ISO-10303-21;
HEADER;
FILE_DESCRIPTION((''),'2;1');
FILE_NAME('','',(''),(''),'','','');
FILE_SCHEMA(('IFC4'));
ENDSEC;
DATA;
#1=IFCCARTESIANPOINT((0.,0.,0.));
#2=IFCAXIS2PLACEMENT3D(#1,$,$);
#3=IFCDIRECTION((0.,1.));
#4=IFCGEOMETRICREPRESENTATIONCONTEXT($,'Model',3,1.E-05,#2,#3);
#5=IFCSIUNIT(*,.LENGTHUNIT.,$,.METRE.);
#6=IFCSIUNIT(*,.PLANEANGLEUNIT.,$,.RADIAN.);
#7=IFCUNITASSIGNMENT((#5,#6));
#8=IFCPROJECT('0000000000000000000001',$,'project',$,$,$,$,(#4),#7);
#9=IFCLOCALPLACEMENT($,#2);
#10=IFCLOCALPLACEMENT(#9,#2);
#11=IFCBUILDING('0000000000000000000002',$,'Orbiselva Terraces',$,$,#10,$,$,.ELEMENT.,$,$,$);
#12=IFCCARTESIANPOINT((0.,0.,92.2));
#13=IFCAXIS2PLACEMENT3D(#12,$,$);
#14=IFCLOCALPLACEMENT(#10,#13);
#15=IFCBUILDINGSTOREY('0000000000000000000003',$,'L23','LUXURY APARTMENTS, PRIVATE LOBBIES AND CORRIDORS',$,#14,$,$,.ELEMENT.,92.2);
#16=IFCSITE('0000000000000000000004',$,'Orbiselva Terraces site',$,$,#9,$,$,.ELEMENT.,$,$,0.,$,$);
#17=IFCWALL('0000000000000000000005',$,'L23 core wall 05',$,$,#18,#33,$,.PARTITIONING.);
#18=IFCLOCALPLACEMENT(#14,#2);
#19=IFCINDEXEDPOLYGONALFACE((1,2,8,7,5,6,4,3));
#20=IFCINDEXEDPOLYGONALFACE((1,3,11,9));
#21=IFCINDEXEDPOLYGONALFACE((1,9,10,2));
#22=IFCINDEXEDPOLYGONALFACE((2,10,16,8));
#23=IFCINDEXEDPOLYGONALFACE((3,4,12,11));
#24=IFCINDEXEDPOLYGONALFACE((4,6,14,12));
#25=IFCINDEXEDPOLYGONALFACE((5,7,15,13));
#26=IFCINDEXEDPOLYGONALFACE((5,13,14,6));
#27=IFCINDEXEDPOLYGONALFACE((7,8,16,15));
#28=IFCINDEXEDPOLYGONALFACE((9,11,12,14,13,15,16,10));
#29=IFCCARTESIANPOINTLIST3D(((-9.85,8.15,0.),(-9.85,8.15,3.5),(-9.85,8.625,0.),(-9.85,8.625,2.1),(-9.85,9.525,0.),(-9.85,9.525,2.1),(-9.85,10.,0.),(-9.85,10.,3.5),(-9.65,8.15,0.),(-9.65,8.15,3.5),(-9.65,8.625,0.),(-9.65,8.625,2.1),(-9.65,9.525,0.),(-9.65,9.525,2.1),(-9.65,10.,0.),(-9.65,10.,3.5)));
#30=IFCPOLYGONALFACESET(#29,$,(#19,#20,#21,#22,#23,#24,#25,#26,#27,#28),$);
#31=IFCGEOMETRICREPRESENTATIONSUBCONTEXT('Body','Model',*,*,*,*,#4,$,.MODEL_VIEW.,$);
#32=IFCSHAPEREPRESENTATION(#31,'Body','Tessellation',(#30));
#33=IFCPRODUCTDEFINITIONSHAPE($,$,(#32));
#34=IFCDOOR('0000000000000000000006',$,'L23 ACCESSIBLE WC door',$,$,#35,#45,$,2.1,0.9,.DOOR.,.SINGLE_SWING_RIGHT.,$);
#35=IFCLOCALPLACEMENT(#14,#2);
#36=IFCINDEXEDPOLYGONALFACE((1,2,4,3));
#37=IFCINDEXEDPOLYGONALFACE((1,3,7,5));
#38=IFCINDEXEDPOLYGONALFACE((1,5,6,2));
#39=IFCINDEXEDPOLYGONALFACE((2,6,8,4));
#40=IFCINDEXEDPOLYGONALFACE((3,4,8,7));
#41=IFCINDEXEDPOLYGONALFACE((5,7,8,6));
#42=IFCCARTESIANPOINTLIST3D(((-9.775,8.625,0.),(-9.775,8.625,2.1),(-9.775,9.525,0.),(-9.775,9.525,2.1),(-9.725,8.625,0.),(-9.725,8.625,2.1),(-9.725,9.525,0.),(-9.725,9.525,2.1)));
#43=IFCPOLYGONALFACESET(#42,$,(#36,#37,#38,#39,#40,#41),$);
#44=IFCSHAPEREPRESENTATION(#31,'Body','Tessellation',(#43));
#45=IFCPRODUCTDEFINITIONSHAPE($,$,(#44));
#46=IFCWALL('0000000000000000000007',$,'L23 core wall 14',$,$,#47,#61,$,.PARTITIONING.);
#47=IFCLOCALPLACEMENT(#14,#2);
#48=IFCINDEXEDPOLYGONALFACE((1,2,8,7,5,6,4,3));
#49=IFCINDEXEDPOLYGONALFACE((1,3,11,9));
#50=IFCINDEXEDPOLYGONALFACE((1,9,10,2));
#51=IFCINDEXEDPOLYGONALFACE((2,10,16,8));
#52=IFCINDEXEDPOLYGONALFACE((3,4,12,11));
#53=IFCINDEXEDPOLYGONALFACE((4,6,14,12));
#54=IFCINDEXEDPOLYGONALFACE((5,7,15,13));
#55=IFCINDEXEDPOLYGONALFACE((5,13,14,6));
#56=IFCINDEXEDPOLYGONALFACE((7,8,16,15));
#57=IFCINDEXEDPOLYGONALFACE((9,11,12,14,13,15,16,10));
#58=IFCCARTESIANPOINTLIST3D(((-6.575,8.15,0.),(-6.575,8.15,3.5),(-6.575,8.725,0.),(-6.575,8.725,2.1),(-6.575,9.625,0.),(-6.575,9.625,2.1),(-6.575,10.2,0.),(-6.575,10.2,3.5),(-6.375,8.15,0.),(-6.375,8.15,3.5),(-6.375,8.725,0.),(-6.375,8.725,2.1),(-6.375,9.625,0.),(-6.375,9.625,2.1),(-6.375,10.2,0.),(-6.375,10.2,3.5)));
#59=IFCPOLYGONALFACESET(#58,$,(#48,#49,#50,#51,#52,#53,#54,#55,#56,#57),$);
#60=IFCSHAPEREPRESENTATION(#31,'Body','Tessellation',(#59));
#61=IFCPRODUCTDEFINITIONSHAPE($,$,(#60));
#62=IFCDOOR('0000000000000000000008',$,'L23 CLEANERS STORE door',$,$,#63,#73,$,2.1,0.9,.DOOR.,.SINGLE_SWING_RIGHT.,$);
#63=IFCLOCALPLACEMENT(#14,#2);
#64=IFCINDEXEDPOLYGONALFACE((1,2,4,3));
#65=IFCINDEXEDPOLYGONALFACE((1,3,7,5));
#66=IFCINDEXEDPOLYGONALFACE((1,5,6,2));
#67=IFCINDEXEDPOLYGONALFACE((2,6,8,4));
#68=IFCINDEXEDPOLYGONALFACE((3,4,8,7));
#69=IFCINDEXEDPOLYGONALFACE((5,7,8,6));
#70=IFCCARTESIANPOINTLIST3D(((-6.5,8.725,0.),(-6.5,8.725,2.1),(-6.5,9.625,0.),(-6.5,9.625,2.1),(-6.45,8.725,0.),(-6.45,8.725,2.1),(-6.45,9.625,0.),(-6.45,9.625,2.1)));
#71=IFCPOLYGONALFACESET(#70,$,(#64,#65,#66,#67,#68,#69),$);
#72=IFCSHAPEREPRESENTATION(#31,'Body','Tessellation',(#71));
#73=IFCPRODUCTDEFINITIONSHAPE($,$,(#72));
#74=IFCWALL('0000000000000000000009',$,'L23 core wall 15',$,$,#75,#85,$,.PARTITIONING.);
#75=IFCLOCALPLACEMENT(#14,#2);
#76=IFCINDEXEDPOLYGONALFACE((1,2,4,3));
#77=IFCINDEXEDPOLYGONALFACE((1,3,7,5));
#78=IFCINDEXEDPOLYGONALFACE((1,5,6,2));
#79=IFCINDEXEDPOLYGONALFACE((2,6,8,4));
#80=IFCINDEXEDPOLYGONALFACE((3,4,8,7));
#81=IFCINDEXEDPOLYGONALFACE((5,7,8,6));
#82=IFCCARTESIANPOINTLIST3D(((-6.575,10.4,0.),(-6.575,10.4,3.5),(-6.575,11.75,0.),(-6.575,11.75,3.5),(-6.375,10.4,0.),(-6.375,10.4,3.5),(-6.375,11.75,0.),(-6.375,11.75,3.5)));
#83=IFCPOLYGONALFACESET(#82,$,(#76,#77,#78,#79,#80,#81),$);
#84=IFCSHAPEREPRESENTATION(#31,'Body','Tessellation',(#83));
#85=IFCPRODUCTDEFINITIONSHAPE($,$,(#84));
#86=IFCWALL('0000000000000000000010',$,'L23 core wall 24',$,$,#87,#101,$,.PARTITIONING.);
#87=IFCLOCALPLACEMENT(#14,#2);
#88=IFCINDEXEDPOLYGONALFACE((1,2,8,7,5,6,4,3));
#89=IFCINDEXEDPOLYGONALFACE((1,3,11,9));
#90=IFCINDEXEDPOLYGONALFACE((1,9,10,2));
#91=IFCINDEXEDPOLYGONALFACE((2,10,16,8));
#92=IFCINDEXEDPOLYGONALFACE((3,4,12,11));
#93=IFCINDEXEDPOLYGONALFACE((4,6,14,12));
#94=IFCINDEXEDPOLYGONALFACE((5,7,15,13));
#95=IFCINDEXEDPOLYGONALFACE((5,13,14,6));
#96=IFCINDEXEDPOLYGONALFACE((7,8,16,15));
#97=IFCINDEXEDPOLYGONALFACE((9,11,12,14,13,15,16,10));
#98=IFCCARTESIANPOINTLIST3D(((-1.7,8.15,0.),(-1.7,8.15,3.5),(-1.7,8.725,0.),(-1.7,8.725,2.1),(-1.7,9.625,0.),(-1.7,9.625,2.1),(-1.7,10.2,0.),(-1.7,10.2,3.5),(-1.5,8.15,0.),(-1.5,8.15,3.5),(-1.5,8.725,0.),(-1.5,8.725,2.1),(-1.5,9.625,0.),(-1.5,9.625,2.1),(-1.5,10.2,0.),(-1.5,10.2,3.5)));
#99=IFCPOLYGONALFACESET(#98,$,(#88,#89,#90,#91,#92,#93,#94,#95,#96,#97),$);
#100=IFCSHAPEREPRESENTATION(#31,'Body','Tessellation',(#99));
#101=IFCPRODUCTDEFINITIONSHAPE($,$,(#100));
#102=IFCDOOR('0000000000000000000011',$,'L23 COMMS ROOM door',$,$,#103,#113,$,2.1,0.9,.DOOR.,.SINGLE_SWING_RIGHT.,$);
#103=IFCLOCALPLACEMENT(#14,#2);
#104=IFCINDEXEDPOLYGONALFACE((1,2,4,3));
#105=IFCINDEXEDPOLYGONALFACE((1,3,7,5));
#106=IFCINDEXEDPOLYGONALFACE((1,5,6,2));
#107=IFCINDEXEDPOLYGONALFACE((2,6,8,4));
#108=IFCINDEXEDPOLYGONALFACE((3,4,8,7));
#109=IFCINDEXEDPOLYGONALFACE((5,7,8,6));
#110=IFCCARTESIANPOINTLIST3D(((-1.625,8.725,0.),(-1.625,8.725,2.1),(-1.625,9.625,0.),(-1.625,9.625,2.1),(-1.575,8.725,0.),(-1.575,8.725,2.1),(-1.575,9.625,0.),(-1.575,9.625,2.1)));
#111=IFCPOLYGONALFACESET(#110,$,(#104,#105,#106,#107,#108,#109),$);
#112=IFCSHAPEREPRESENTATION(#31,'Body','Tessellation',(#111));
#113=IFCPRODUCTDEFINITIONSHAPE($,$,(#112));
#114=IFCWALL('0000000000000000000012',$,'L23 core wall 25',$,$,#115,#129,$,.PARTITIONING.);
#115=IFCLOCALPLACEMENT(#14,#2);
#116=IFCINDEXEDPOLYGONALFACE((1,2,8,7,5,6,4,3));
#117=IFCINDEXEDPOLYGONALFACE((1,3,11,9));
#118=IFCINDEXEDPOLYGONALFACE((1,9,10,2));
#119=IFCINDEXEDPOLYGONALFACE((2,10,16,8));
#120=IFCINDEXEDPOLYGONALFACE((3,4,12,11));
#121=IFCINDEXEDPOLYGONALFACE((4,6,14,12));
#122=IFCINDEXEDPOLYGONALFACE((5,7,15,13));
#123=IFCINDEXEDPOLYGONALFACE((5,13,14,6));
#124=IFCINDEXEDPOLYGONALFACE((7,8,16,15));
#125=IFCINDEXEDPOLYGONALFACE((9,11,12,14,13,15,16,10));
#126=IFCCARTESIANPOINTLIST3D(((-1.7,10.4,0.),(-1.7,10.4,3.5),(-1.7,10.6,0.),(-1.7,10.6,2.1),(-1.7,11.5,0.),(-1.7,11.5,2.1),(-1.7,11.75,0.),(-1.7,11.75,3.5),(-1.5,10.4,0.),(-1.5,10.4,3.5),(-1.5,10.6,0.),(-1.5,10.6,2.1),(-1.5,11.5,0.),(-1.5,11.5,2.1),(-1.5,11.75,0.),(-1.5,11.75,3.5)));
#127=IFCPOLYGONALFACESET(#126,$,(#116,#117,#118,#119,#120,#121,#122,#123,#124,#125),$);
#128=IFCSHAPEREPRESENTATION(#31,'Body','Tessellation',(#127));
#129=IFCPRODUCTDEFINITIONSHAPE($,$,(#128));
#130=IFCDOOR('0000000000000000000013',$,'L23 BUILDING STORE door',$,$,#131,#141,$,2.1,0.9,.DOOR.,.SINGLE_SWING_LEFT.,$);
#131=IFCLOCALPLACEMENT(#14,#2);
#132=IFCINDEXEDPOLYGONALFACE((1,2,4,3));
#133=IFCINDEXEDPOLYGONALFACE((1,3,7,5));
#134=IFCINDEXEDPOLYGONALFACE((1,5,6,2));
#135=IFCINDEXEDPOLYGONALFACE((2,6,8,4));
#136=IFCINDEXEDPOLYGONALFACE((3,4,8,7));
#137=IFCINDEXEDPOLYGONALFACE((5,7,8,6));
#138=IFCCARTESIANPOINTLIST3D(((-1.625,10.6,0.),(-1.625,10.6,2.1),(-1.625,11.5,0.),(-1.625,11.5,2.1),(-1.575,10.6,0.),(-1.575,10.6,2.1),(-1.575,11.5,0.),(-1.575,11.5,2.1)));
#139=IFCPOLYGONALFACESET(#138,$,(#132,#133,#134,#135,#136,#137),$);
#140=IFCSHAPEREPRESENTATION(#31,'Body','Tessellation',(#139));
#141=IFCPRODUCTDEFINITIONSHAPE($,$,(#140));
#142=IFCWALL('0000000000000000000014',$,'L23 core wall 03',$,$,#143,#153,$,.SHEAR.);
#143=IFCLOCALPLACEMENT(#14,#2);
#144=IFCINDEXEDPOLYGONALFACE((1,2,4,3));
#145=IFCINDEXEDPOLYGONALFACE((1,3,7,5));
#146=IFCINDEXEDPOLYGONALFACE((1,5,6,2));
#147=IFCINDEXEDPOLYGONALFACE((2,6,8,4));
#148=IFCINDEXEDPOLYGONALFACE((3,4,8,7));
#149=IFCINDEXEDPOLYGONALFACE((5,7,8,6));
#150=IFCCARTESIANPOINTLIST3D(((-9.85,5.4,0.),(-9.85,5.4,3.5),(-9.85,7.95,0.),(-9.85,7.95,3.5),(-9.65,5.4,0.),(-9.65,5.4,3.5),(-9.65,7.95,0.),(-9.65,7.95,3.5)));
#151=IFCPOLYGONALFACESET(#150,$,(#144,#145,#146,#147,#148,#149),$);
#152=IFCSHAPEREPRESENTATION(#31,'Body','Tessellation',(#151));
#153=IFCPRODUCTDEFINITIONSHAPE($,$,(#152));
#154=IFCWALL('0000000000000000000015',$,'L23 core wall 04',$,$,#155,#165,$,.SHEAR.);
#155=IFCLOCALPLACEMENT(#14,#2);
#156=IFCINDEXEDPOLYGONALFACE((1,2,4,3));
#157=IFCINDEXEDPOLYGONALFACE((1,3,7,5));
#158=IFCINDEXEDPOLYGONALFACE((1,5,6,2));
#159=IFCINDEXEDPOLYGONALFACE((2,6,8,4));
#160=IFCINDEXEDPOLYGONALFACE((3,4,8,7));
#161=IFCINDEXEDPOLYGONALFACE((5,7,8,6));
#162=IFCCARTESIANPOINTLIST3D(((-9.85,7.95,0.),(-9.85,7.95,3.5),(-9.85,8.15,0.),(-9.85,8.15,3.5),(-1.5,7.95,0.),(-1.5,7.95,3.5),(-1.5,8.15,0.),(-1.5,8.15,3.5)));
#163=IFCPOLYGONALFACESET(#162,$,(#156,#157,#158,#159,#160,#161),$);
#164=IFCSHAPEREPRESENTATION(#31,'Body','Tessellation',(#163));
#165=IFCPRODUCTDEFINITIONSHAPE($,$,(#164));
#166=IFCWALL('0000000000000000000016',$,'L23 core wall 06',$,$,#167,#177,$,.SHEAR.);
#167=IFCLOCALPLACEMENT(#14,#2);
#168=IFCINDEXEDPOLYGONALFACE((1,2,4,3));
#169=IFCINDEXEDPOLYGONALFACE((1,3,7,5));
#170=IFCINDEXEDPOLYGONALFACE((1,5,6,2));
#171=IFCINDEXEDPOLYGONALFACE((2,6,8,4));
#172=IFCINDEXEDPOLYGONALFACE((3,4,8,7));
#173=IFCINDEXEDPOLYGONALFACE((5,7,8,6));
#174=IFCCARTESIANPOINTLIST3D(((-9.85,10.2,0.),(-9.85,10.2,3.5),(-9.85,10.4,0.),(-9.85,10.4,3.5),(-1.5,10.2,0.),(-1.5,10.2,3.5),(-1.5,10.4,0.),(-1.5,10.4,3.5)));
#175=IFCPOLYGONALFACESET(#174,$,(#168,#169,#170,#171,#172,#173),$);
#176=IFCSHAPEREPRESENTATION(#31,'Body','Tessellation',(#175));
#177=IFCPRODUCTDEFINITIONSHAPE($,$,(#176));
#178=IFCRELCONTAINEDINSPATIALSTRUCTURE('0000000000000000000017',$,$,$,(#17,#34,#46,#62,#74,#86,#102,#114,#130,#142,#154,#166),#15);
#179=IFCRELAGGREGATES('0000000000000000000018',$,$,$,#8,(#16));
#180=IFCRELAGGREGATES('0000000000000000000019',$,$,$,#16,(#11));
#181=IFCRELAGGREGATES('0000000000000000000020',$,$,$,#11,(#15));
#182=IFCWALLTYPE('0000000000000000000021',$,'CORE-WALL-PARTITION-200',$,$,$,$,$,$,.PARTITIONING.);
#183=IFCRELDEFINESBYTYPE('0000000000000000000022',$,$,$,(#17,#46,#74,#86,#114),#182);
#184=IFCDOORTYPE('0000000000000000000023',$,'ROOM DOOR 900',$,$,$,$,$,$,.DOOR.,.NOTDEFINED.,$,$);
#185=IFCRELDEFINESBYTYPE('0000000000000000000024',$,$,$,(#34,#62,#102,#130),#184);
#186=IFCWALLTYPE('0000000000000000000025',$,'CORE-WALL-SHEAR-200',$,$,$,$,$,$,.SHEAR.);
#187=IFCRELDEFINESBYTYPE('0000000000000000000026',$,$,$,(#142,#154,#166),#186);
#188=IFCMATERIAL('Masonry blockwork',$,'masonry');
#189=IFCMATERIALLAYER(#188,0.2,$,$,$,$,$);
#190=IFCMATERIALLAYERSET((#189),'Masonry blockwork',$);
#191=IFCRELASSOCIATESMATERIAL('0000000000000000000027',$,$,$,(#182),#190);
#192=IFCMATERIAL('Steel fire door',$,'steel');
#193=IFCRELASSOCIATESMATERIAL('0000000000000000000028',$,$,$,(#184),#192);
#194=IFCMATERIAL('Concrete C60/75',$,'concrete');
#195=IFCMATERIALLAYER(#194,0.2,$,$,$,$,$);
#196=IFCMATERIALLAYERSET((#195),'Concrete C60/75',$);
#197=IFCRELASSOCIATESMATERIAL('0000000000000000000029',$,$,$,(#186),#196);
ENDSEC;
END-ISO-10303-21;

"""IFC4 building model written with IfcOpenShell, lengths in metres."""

from ifc_helpers import new_model, si_unit, direction, frame, frame_2d, origin, place, context, subcontext, project, spatial, rectangle, extrude, material, layer, layer_set, type_object, element, fill, save


model = new_model("IFC4")

# Units and contexts
model_context = context("Model", 3, precision=1e-05, world=origin(), true_north=direction((0.0, 1.0)))
body_context = subcontext(model_context, "Body", "Model", "MODEL_VIEW")
ifc_project = project(units=[si_unit("LENGTHUNIT", "METRE"), si_unit("PLANEANGLEUNIT", "RADIAN")], contexts=[model_context])

# Site, building, storey
site_placement = place(None, origin())
site = spatial("IfcSite", under=ifc_project, at=site_placement, Name="Orbiselva Terraces site", CompositionType="ELEMENT", RefElevation=0.0)
building_placement = place(site_placement, origin())
building = spatial("IfcBuilding", under=site, at=building_placement, Name="Orbiselva Terraces", CompositionType="ELEMENT")
storey_placement = place(building_placement, frame((0.0, 0.0, 92.2)))
storey = spatial("IfcBuildingStorey", under=building, at=storey_placement, Name="L23", Description="LUXURY APARTMENTS, PRIVATE LOBBIES AND CORRIDORS", CompositionType="ELEMENT", Elevation=92.2)

# Walls, openings, doors
ifc_material_1 = material(Name="Masonry blockwork", Category="masonry")
ifc_layer_1 = layer(ifc_material_1, 0.2)
ifc_layer_set_1 = layer_set([ifc_layer_1], Name="Masonry blockwork")
wall_type_1 = type_object("IfcWallType", Name="CORE-WALL-PARTITION-200", PredefinedType="PARTITIONING", material=ifc_layer_set_1)
wall_1_placement = place(storey_placement, frame((-9.75, 8.15, 0.0), z_axis=(0.0, 0.0, 1.0), x_axis=(0.0, 1.0, 0.0)))
wall_1 = element("IfcWall", 1, at=wall_1_placement, inside=storey, type_object=wall_type_1, Name="L23 core wall 05", PredefinedType="PARTITIONING", context=body_context, shape_type="SweptSolid", body=[
    extrude(rectangle(XDim=1.85, YDim=0.2, at=frame_2d((0.925, 0.0))), origin(), (0.0, 0.0, 1.0), 3.5),
])
opening_1_placement = place(wall_1_placement, frame((0.475, 0.0, 0.0)))
opening_1 = element("IfcOpeningElement", 2, at=opening_1_placement, cuts=wall_1, PredefinedType="OPENING", context=body_context, shape_type="SweptSolid", body=[
    extrude(rectangle(XDim=0.9, YDim=2.1, at=frame_2d((0.45, 1.05))), frame((0.0, 0.11, 0.0), z_axis=(0.0, -1.0, 0.0), x_axis=(1.0, 0.0, 0.0)), (0.0, 0.0, 1.0), 0.22),
])
ifc_material_2 = material(Name="Steel fire door", Category="steel")
door_type = type_object("IfcDoorType", Name="ROOM DOOR 900", OperationType="NOTDEFINED", PredefinedType="DOOR", material=ifc_material_2)
door_1_placement = place(opening_1_placement, origin())
door_1 = element("IfcDoor", 3, at=door_1_placement, inside=storey, type_object=door_type, Name="L23 ACCESSIBLE WC door", OperationType="SINGLE_SWING_RIGHT", OverallHeight=2.1, OverallWidth=0.9, PredefinedType="DOOR", context=body_context, shape_type="SweptSolid", body=[
    extrude(rectangle(XDim=0.9, YDim=2.1, at=frame_2d((0.45, 1.05))), frame((0.0, 0.025, 0.0), z_axis=(0.0, -1.0, 0.0), x_axis=(1.0, 0.0, 0.0)), (0.0, 0.0, 1.0), 0.05),
])
fill(opening_1, door_1)
wall_2_placement = place(storey_placement, frame((-6.475, 8.15, 0.0), z_axis=(0.0, 0.0, 1.0), x_axis=(0.0, 1.0, 0.0)))
wall_2 = element("IfcWall", 4, at=wall_2_placement, inside=storey, type_object=wall_type_1, Name="L23 core wall 14", PredefinedType="PARTITIONING", context=body_context, shape_type="SweptSolid", body=[
    extrude(rectangle(XDim=2.05, YDim=0.2, at=frame_2d((1.025, 0.0))), origin(), (0.0, 0.0, 1.0), 3.5),
])
opening_2_placement = place(wall_2_placement, frame((0.575, 0.0, 0.0)))
opening_2 = element("IfcOpeningElement", 5, at=opening_2_placement, cuts=wall_2, PredefinedType="OPENING", context=body_context, shape_type="SweptSolid", body=[
    extrude(rectangle(XDim=0.9, YDim=2.1, at=frame_2d((0.45, 1.05))), frame((0.0, 0.11, 0.0), z_axis=(0.0, -1.0, 0.0), x_axis=(1.0, 0.0, 0.0)), (0.0, 0.0, 1.0), 0.22),
])
door_2_placement = place(opening_2_placement, origin())
door_2 = element("IfcDoor", 6, at=door_2_placement, inside=storey, type_object=door_type, Name="L23 CLEANERS STORE door", OperationType="SINGLE_SWING_RIGHT", OverallHeight=2.1, OverallWidth=0.9, PredefinedType="DOOR", context=body_context, shape_type="SweptSolid", body=[
    extrude(rectangle(XDim=0.9, YDim=2.1, at=frame_2d((0.45, 1.05))), frame((0.0, 0.025, 0.0), z_axis=(0.0, -1.0, 0.0), x_axis=(1.0, 0.0, 0.0)), (0.0, 0.0, 1.0), 0.05),
])
fill(opening_2, door_2)

# Wall
wall_3_placement = place(storey_placement, frame((-6.475, 10.4, 0.0), z_axis=(0.0, 0.0, 1.0), x_axis=(0.0, 1.0, 0.0)))
element("IfcWall", 7, at=wall_3_placement, inside=storey, type_object=wall_type_1, Name="L23 core wall 15", PredefinedType="PARTITIONING", context=body_context, shape_type="SweptSolid", body=[
    extrude(rectangle(XDim=1.35, YDim=0.2, at=frame_2d((0.675, 0.0))), origin(), (0.0, 0.0, 1.0), 3.5),
])

# Walls, openings, doors
wall_4_placement = place(storey_placement, frame((-1.6, 8.15, 0.0), z_axis=(0.0, 0.0, 1.0), x_axis=(0.0, 1.0, 0.0)))
wall_4 = element("IfcWall", 8, at=wall_4_placement, inside=storey, type_object=wall_type_1, Name="L23 core wall 24", PredefinedType="PARTITIONING", context=body_context, shape_type="SweptSolid", body=[
    extrude(rectangle(XDim=2.05, YDim=0.2, at=frame_2d((1.025, 0.0))), origin(), (0.0, 0.0, 1.0), 3.5),
])
opening_3_placement = place(wall_4_placement, frame((0.575, 0.0, 0.0)))
opening_3 = element("IfcOpeningElement", 9, at=opening_3_placement, cuts=wall_4, PredefinedType="OPENING", context=body_context, shape_type="SweptSolid", body=[
    extrude(rectangle(XDim=0.9, YDim=2.1, at=frame_2d((0.45, 1.05))), frame((0.0, 0.11, 0.0), z_axis=(0.0, -1.0, 0.0), x_axis=(1.0, 0.0, 0.0)), (0.0, 0.0, 1.0), 0.22),
])
door_3_placement = place(opening_3_placement, origin())
door_3 = element("IfcDoor", 10, at=door_3_placement, inside=storey, type_object=door_type, Name="L23 COMMS ROOM door", OperationType="SINGLE_SWING_RIGHT", OverallHeight=2.1, OverallWidth=0.9, PredefinedType="DOOR", context=body_context, shape_type="SweptSolid", body=[
    extrude(rectangle(XDim=0.9, YDim=2.1, at=frame_2d((0.45, 1.05))), frame((0.0, 0.025, 0.0), z_axis=(0.0, -1.0, 0.0), x_axis=(1.0, 0.0, 0.0)), (0.0, 0.0, 1.0), 0.05),
])
fill(opening_3, door_3)
wall_5_placement = place(storey_placement, frame((-1.6, 10.4, 0.0), z_axis=(0.0, 0.0, 1.0), x_axis=(0.0, 1.0, 0.0)))
wall_5 = element("IfcWall", 11, at=wall_5_placement, inside=storey, type_object=wall_type_1, Name="L23 core wall 25", PredefinedType="PARTITIONING", context=body_context, shape_type="SweptSolid", body=[
    extrude(rectangle(XDim=1.35, YDim=0.2, at=frame_2d((0.675, 0.0))), origin(), (0.0, 0.0, 1.0), 3.5),
])
opening_4_placement = place(wall_5_placement, frame((0.2, 0.0, 0.0)))
opening_4 = element("IfcOpeningElement", 12, at=opening_4_placement, cuts=wall_5, PredefinedType="OPENING", context=body_context, shape_type="SweptSolid", body=[
    extrude(rectangle(XDim=0.9, YDim=2.1, at=frame_2d((0.45, 1.05))), frame((0.0, 0.11, 0.0), z_axis=(0.0, -1.0, 0.0), x_axis=(1.0, 0.0, 0.0)), (0.0, 0.0, 1.0), 0.22),
])
door_4_placement = place(opening_4_placement, origin())
door_4 = element("IfcDoor", 13, at=door_4_placement, inside=storey, type_object=door_type, Name="L23 BUILDING STORE door", OperationType="SINGLE_SWING_LEFT", OverallHeight=2.1, OverallWidth=0.9, PredefinedType="DOOR", context=body_context, shape_type="SweptSolid", body=[
    extrude(rectangle(XDim=0.9, YDim=2.1, at=frame_2d((0.45, 1.05))), frame((0.0, 0.025, 0.0), z_axis=(0.0, -1.0, 0.0), x_axis=(1.0, 0.0, 0.0)), (0.0, 0.0, 1.0), 0.05),
])
fill(opening_4, door_4)

# Walls
ifc_material_3 = material(Name="Concrete C60/75", Category="concrete")
ifc_layer_2 = layer(ifc_material_3, 0.2)
ifc_layer_set_2 = layer_set([ifc_layer_2], Name="Concrete C60/75")
wall_type_2 = type_object("IfcWallType", Name="CORE-WALL-SHEAR-200", PredefinedType="SHEAR", material=ifc_layer_set_2)
wall_6_placement = place(storey_placement, frame((-9.75, 5.4, 0.0), z_axis=(0.0, 0.0, 1.0), x_axis=(0.0, 1.0, 0.0)))
element("IfcWall", 14, at=wall_6_placement, inside=storey, type_object=wall_type_2, Name="L23 core wall 03", PredefinedType="SHEAR", context=body_context, shape_type="SweptSolid", body=[
    extrude(rectangle(XDim=2.55, YDim=0.2, at=frame_2d((1.275, 0.0))), origin(), (0.0, 0.0, 1.0), 3.5),
])
for number, where, z_axis, x_axis, name in (
    (15, (-9.85, 8.05, 0.0), (0.0, 0.0, 1.0), (1.0, 0.0, 0.0), "L23 core wall 04"),
    (16, (-9.85, 10.3, 0.0), (0.0, 0.0, 1.0), (1.0, 0.0, 0.0), "L23 core wall 06"),
):
    element("IfcWall", number, at=place(storey_placement, frame(where, z_axis=z_axis, x_axis=x_axis)), inside=storey, type_object=wall_type_2, Name=name, PredefinedType="SHEAR", context=body_context, shape_type="SweptSolid", body=[
        extrude(rectangle(XDim=8.35, YDim=0.2, at=frame_2d((4.175, 0.0))), origin(), (0.0, 0.0, 1.0), 3.5),
    ])

save(model, "model.ifc")
